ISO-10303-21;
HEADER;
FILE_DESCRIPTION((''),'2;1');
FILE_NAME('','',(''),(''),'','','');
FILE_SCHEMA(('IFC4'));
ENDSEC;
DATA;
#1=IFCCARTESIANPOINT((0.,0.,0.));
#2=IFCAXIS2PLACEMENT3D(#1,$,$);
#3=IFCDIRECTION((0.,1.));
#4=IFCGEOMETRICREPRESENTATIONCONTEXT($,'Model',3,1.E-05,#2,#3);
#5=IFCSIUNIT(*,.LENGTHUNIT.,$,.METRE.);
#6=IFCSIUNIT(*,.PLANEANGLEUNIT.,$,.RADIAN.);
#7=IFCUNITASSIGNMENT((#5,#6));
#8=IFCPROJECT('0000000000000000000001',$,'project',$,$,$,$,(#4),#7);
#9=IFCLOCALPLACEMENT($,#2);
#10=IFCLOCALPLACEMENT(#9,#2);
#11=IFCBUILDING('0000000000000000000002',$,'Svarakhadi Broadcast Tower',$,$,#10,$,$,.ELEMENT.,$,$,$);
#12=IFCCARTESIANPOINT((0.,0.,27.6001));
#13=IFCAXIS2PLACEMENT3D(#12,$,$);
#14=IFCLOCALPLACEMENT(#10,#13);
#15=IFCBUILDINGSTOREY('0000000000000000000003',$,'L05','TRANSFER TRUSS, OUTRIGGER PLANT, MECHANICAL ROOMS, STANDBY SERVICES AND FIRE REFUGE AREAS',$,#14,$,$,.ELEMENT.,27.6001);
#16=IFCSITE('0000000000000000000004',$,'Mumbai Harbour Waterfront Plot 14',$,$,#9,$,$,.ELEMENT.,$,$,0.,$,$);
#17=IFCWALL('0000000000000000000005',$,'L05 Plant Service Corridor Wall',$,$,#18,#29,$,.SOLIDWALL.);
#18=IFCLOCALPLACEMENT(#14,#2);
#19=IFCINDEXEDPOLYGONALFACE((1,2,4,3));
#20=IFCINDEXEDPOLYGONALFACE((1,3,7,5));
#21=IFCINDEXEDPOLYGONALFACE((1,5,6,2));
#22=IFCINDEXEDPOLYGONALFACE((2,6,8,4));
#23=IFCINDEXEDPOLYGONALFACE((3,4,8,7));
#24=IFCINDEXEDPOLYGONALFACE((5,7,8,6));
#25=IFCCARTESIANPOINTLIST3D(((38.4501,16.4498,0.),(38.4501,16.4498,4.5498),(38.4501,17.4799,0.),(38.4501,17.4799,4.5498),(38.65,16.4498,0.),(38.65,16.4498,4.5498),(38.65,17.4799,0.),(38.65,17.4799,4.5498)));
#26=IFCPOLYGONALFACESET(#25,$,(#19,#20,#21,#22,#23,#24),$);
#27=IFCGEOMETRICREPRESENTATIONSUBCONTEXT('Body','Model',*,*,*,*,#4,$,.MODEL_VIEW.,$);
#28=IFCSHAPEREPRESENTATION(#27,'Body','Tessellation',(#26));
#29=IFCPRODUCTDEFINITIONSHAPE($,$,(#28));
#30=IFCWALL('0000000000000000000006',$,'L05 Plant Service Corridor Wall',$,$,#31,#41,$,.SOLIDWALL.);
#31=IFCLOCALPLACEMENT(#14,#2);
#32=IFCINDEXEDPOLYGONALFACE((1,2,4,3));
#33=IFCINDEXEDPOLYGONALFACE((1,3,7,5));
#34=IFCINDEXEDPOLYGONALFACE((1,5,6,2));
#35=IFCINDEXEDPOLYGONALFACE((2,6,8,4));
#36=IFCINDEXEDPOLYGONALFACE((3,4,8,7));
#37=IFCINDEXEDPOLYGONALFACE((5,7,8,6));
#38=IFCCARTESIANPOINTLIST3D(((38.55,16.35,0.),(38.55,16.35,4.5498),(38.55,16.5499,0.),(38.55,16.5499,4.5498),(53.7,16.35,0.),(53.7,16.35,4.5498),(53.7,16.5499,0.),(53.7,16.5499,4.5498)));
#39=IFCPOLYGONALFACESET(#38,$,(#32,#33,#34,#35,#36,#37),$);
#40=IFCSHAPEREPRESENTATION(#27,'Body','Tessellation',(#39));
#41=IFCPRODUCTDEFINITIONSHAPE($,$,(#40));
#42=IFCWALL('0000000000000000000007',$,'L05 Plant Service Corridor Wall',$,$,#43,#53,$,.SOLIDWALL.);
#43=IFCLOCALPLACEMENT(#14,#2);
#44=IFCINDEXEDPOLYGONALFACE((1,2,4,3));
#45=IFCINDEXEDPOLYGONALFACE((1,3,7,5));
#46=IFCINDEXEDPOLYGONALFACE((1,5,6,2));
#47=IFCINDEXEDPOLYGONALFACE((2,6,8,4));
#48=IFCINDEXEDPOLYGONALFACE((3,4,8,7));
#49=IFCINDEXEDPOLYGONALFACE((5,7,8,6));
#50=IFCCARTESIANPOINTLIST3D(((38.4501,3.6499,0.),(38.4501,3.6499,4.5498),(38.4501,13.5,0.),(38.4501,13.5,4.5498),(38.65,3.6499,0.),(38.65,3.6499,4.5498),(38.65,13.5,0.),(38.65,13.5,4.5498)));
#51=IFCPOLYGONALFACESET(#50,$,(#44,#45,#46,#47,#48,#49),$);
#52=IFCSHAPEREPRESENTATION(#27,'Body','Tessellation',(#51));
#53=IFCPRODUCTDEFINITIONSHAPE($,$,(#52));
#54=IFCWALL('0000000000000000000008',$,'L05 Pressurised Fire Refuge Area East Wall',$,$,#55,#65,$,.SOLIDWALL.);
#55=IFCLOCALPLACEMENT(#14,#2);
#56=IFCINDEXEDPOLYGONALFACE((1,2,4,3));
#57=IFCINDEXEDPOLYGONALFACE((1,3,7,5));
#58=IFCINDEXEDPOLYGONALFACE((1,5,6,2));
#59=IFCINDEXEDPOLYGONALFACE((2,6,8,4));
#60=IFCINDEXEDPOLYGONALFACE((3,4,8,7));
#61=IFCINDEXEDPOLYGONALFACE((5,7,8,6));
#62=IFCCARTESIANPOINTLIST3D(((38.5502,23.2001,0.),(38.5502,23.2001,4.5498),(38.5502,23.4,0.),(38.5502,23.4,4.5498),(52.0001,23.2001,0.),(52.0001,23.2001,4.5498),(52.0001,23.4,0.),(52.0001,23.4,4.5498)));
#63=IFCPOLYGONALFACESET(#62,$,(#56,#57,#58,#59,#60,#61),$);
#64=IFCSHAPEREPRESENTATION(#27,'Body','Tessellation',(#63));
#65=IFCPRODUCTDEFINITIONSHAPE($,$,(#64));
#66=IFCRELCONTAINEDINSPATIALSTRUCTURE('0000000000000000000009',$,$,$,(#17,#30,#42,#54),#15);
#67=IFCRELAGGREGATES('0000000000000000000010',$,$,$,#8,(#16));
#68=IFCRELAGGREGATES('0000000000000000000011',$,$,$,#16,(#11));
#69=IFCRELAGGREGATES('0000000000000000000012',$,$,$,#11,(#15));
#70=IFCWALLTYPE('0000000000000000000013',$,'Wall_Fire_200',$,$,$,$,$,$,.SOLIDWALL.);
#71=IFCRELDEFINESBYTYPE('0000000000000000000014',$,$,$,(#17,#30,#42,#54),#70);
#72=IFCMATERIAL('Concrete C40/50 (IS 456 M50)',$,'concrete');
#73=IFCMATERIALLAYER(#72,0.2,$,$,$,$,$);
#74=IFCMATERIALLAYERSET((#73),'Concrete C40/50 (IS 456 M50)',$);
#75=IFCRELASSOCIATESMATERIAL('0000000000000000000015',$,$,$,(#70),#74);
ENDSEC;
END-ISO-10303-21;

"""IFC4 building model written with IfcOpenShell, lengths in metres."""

from ifc_helpers import new_model, si_unit, direction, frame, frame_2d, origin, place, context, subcontext, project, spatial, rectangle, extrude, material, layer, layer_set, type_object, element, save


model = new_model("IFC4")

# Units and contexts
model_context = context("Model", 3, precision=1e-05, world=origin(), true_north=direction((0.0, 1.0)))
body_context = subcontext(model_context, "Body", "Model", "MODEL_VIEW")
ifc_project = project(units=[si_unit("LENGTHUNIT", "METRE"), si_unit("PLANEANGLEUNIT", "RADIAN")], contexts=[model_context])

# Site, building, storey
site_placement = place(None, origin())
site = spatial("IfcSite", under=ifc_project, at=site_placement, Name="Mumbai Harbour Waterfront Plot 14", CompositionType="ELEMENT", RefElevation=0.0)
building_placement = place(site_placement, origin())
building = spatial("IfcBuilding", under=site, at=building_placement, Name="Svarakhadi Broadcast Tower", CompositionType="ELEMENT")
storey_placement = place(building_placement, frame((0.0, 0.0, 27.6001)))
storey = spatial("IfcBuildingStorey", under=building, at=storey_placement, Name="L05", Description="TRANSFER TRUSS, OUTRIGGER PLANT, MECHANICAL ROOMS, STANDBY SERVICES AND FIRE REFUGE AREAS", CompositionType="ELEMENT", Elevation=27.6001)

# Shared definitions
ifc_material_1 = material(Name="Concrete C40/50 (IS 456 M50)", Category="concrete")
ifc_layer_1 = layer(ifc_material_1, 0.2)
ifc_layer_set_1 = layer_set([ifc_layer_1], Name="Concrete C40/50 (IS 456 M50)")
wall_type = type_object("IfcWallType", Name="Wall_Fire_200", PredefinedType="SOLIDWALL", material=ifc_layer_set_1)

# Walls
wall_1_placement = place(storey_placement, frame((38.55, 17.48, 0.0), z_axis=(0.0, 0.0, 1.0), x_axis=(0.0, -1.0, 0.0)))
element("IfcWall", 1, at=wall_1_placement, inside=storey, type_object=wall_type, Name="L05 Plant Service Corridor Wall", PredefinedType="SOLIDWALL", context=body_context, shape_type="SweptSolid", body=[
    extrude(rectangle(XDim=1.03, YDim=0.2, at=frame_2d((0.5151, 0.0))), origin(), (0.0, 0.0, 1.0), 4.5498),
])
wall_2_placement = place(storey_placement, frame((38.55, 16.45, 0.0), z_axis=(0.0, 0.0, 1.0), x_axis=(1.0, 0.0, 0.0)))
element("IfcWall", 2, at=wall_2_placement, inside=storey, type_object=wall_type, Name="L05 Plant Service Corridor Wall", PredefinedType="SOLIDWALL", context=body_context, shape_type="SweptSolid", body=[
    extrude(rectangle(XDim=15.1499, YDim=0.2, at=frame_2d((7.575, 0.0))), origin(), (0.0, 0.0, 1.0), 4.5498),
])
wall_3_placement = place(storey_placement, frame((38.55, 13.5, 0.0), z_axis=(0.0, 0.0, 1.0), x_axis=(0.0, -1.0, 0.0)))
element("IfcWall", 3, at=wall_3_placement, inside=storey, type_object=wall_type, Name="L05 Plant Service Corridor Wall", PredefinedType="SOLIDWALL", context=body_context, shape_type="SweptSolid", body=[
    extrude(rectangle(XDim=9.8501, YDim=0.2, at=frame_2d((4.925, 0.0))), origin(), (0.0, 0.0, 1.0), 4.5498),
])
wall_4_placement = place(storey_placement, frame((38.55, 23.3, 0.0), z_axis=(0.0, 0.0, 1.0), x_axis=(1.0, 0.0, 0.0)))
element("IfcWall", 4, at=wall_4_placement, inside=storey, type_object=wall_type, Name="L05 Pressurised Fire Refuge Area East Wall", PredefinedType="SOLIDWALL", context=body_context, shape_type="SweptSolid", body=[
    extrude(rectangle(XDim=13.45, YDim=0.2, at=frame_2d((6.7251, 0.0))), origin(), (0.0, 0.0, 1.0), 4.5498),
])

save(model, "model.ifc")
